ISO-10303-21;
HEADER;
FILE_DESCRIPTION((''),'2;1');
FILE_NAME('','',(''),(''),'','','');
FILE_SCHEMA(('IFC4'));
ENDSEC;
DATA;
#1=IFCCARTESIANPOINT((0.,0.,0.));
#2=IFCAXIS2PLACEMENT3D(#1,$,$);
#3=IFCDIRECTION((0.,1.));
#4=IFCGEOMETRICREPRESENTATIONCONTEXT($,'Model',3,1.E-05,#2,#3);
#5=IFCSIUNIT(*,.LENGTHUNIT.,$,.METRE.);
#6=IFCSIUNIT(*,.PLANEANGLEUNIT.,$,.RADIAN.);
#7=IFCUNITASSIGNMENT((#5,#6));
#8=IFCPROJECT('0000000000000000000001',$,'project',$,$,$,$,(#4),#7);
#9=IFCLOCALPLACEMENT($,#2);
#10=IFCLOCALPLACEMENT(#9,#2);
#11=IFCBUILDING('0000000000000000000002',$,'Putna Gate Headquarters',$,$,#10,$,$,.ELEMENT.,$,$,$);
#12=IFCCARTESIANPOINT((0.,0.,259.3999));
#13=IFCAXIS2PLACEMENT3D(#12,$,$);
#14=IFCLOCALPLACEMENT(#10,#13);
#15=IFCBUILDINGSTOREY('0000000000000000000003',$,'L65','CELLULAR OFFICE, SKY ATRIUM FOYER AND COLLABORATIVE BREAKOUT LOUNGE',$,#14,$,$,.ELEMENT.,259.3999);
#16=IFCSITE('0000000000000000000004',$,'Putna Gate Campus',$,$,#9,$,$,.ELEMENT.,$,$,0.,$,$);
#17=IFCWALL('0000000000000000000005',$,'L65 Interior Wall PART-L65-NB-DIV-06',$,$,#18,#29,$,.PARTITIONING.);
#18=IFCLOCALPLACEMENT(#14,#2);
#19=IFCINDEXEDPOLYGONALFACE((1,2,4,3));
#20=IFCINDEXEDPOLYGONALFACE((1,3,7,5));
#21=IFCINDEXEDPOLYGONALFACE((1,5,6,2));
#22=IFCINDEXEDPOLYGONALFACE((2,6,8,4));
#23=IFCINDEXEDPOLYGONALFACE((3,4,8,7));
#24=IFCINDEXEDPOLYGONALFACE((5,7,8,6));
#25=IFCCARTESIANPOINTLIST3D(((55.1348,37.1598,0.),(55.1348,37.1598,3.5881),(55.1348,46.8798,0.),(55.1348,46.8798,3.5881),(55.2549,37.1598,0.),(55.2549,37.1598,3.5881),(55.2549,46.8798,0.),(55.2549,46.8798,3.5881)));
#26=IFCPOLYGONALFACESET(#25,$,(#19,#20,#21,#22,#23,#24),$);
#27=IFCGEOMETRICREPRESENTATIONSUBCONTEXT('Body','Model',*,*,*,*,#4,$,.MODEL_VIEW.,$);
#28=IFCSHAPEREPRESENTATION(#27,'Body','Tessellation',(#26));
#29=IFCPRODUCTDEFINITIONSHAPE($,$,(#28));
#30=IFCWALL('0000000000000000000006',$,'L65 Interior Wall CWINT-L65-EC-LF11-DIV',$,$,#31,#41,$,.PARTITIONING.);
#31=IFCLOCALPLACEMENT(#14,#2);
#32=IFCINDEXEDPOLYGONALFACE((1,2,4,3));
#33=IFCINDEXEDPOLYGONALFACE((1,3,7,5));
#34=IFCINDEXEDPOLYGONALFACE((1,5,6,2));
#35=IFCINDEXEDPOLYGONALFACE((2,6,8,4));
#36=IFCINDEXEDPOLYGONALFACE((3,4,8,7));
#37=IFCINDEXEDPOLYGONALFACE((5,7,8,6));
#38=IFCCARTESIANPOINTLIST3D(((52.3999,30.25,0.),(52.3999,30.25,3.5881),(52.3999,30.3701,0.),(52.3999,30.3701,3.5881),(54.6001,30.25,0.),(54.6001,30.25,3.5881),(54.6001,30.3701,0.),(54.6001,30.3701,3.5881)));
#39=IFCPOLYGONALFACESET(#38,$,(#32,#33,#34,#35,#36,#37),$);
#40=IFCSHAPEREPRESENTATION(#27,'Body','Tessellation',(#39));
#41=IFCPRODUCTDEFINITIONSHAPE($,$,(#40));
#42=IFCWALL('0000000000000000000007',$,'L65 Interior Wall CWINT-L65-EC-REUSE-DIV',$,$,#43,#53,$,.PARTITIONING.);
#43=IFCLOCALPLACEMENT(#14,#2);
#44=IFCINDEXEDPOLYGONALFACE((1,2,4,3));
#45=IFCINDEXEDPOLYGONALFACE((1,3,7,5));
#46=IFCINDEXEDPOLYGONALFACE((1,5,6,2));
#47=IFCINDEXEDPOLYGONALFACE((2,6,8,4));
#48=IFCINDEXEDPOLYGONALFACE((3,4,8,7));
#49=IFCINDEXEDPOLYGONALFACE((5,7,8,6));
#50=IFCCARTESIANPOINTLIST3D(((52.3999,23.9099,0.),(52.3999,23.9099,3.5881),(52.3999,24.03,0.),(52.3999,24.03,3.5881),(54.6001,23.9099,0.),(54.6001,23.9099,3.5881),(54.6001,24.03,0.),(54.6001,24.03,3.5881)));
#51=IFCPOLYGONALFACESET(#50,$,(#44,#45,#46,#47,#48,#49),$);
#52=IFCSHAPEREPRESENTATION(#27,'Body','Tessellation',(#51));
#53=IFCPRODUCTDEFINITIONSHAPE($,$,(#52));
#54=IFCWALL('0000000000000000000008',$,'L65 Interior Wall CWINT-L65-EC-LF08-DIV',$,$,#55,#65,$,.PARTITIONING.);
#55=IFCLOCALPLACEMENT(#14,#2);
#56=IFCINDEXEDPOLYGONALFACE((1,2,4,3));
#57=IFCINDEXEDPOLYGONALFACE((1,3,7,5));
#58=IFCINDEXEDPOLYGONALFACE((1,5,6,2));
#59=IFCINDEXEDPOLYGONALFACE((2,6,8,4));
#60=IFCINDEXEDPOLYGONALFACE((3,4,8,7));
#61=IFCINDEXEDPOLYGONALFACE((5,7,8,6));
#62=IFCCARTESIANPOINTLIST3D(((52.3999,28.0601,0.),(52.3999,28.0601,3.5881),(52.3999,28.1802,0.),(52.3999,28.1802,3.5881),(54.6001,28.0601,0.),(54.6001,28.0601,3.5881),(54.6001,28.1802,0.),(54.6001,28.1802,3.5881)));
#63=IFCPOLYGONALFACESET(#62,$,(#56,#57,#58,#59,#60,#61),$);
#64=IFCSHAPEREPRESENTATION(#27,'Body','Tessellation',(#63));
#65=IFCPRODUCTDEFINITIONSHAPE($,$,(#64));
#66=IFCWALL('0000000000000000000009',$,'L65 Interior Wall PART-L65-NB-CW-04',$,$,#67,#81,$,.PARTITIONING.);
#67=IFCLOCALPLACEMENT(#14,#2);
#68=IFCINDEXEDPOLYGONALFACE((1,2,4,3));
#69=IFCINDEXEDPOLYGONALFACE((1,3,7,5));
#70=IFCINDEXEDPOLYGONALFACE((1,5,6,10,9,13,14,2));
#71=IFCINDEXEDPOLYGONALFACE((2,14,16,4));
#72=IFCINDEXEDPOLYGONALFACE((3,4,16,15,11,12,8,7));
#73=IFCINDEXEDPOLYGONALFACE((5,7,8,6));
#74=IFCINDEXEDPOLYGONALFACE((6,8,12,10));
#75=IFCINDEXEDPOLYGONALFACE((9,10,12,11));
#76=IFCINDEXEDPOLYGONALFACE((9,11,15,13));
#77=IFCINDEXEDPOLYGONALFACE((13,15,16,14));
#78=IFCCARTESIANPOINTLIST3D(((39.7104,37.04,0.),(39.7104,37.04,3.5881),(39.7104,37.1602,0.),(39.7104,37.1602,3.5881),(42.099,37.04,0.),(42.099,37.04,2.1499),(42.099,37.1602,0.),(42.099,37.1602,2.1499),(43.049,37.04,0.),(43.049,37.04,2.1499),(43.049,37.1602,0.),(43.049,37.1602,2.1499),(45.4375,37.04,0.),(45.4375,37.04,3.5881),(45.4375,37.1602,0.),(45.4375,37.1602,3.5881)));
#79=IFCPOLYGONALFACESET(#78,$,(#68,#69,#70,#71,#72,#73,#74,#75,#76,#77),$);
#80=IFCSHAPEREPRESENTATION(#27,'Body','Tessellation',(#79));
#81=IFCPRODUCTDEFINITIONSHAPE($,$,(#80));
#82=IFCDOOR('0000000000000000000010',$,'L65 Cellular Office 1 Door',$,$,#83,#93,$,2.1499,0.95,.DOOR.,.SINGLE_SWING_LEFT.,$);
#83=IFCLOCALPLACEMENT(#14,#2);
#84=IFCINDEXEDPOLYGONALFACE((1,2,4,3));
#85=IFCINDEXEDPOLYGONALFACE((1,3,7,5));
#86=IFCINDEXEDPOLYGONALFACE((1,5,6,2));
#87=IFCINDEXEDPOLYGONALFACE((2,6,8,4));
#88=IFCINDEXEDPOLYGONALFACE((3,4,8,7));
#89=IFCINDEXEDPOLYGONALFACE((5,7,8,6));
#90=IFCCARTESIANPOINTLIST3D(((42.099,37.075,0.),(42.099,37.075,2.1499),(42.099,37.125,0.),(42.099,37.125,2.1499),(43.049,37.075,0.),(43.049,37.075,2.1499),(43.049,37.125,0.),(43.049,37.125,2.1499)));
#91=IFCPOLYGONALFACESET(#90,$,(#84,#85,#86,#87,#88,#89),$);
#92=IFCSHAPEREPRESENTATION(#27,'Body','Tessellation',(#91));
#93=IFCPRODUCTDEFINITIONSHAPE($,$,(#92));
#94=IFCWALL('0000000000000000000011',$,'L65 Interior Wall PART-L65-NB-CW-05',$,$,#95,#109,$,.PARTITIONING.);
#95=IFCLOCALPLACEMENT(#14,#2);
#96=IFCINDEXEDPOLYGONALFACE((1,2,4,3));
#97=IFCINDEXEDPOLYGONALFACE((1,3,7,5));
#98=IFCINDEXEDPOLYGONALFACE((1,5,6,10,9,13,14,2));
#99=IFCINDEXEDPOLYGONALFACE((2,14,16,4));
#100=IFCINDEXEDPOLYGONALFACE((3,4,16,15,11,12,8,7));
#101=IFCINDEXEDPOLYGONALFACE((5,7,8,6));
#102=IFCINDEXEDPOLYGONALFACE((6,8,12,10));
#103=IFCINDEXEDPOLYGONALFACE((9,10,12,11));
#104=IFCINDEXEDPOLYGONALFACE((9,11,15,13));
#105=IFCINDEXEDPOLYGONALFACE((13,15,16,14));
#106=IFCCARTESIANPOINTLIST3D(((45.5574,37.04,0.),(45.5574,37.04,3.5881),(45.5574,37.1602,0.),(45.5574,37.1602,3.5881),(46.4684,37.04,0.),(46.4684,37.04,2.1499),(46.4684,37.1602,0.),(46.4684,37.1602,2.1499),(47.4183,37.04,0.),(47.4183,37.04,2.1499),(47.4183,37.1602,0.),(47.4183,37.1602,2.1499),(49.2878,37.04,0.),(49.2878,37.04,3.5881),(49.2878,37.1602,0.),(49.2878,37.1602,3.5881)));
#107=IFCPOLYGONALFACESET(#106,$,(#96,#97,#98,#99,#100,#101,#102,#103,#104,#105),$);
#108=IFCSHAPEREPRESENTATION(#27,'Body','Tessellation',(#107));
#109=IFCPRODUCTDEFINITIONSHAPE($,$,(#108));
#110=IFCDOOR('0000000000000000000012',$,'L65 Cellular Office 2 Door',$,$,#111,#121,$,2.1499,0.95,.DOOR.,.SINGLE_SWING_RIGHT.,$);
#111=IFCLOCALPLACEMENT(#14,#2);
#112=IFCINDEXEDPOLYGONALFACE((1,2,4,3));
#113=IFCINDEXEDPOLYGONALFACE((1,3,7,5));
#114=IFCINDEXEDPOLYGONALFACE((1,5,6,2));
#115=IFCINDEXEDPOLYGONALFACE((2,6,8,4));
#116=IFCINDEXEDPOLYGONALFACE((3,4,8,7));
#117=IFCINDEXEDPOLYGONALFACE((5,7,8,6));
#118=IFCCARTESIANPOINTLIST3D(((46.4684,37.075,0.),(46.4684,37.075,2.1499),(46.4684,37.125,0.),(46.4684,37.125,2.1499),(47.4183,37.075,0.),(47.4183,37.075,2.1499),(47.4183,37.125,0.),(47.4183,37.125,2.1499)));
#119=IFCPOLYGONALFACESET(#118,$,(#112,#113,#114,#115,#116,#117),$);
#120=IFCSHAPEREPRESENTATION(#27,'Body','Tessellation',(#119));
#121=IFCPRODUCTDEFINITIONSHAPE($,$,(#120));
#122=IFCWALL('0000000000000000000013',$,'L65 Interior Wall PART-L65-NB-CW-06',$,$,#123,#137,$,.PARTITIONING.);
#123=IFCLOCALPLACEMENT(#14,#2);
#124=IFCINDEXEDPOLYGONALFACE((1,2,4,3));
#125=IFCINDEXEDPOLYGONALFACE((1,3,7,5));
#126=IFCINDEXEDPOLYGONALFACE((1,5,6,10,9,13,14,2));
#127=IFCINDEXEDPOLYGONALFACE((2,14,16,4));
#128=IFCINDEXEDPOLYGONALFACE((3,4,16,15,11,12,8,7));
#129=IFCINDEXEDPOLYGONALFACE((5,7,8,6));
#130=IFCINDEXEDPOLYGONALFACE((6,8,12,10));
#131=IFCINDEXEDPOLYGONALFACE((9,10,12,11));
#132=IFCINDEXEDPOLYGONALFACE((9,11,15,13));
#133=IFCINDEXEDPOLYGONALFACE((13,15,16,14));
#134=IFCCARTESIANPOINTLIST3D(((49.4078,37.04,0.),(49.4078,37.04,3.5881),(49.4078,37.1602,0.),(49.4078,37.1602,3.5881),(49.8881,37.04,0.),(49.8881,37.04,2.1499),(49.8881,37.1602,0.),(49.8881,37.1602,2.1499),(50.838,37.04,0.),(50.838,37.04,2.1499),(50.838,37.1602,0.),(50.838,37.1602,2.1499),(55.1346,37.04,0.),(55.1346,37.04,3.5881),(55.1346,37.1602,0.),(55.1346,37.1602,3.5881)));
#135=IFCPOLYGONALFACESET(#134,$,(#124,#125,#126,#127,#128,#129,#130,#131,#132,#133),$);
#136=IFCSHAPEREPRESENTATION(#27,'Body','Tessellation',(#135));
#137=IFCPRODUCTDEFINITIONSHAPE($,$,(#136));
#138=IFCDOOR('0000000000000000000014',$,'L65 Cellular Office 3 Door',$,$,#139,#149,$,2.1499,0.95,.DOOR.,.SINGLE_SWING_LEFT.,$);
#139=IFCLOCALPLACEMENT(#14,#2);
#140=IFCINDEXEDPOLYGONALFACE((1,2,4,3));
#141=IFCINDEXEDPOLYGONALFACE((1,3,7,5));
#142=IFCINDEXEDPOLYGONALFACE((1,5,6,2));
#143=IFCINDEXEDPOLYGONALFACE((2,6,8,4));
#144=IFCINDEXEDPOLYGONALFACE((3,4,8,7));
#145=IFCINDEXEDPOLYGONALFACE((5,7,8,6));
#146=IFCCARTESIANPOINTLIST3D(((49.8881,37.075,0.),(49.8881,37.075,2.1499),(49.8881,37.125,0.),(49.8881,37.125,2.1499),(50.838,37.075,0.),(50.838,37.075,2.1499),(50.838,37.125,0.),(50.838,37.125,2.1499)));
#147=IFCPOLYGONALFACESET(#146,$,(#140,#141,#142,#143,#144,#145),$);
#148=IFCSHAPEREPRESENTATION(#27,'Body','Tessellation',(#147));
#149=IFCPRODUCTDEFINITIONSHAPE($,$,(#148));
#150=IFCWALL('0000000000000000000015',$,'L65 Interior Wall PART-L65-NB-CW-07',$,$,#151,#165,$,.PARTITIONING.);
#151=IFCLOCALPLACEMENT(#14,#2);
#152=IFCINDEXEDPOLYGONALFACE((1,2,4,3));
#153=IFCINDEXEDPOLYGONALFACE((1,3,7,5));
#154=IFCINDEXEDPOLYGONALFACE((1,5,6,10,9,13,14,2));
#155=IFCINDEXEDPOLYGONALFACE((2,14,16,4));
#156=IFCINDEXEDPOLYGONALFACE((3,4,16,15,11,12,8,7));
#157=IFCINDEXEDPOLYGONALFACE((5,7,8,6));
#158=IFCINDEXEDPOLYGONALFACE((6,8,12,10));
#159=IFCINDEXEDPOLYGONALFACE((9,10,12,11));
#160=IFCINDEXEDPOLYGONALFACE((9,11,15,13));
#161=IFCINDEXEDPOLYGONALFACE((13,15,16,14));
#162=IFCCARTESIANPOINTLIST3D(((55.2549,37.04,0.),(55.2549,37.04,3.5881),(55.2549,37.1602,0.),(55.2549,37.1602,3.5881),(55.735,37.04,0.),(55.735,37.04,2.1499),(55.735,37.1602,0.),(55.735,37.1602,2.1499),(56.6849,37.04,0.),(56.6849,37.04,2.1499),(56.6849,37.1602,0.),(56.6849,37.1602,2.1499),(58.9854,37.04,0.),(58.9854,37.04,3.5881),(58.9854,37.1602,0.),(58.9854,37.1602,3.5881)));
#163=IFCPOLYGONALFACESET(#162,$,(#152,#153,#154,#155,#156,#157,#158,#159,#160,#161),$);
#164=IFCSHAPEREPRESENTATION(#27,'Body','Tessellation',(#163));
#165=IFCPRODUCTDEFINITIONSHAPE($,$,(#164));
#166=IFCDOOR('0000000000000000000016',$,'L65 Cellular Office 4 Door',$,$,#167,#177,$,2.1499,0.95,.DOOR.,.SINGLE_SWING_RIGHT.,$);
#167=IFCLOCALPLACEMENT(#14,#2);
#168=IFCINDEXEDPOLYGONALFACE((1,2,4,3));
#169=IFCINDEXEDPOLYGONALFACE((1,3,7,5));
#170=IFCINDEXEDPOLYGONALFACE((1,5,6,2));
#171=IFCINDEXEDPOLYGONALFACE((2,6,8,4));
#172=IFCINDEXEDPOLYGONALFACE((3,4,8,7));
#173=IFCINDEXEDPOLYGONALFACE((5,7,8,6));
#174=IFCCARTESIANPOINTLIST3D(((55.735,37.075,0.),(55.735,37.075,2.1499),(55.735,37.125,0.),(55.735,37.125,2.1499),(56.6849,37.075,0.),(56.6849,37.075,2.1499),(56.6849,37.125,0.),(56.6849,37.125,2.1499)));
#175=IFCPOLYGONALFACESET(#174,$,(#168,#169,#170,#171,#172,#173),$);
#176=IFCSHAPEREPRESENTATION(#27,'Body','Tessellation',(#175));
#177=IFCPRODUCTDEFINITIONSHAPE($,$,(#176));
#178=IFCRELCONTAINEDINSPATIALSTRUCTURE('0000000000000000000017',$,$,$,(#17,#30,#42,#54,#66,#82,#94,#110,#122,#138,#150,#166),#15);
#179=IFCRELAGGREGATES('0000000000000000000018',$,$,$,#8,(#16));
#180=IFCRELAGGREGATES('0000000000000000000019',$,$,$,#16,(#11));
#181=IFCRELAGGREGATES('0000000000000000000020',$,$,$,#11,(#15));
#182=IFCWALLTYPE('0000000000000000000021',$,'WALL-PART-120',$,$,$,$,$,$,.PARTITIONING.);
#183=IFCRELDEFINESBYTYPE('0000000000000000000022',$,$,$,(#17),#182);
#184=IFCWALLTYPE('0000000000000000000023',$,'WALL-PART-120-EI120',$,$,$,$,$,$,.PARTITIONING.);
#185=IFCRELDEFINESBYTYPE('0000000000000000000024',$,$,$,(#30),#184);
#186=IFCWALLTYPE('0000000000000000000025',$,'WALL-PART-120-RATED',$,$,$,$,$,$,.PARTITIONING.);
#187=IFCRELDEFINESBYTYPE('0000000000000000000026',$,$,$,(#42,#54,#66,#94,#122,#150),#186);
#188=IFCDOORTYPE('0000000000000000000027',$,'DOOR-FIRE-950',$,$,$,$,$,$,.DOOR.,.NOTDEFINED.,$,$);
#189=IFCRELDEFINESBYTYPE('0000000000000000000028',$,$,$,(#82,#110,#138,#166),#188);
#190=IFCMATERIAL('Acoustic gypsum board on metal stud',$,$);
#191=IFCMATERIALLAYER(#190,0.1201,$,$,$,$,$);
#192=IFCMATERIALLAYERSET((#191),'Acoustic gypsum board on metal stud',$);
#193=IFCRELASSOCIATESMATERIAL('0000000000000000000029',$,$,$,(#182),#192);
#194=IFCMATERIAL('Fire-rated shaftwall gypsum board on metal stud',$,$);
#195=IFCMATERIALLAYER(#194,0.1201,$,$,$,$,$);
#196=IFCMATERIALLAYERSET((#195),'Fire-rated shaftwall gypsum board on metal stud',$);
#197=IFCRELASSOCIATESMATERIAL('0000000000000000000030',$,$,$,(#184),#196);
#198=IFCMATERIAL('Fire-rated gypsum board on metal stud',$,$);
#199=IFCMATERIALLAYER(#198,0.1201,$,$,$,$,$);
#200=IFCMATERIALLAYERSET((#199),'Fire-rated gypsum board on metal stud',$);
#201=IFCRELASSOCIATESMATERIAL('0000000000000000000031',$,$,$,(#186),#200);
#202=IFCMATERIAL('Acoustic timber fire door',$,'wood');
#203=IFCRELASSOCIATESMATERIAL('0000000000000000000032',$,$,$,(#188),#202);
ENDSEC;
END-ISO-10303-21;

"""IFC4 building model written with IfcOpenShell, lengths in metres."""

from ifc_helpers import new_model, si_unit, direction, frame, frame_2d, origin, place, context, subcontext, project, spatial, rectangle, extrude, material, layer, layer_set, type_object, element, fill, save


model = new_model("IFC4")

# Units and contexts
model_context = context("Model", 3, precision=1e-05, world=origin(), true_north=direction((0.0, 1.0)))
body_context = subcontext(model_context, "Body", "Model", "MODEL_VIEW")
ifc_project = project(units=[si_unit("LENGTHUNIT", "METRE"), si_unit("PLANEANGLEUNIT", "RADIAN")], contexts=[model_context])

# Site, building, storey
site_placement = place(None, origin())
site = spatial("IfcSite", under=ifc_project, at=site_placement, Name="Putna Gate Campus", CompositionType="ELEMENT", RefElevation=0.0)
building_placement = place(site_placement, origin())
building = spatial("IfcBuilding", under=site, at=building_placement, Name="Putna Gate Headquarters", CompositionType="ELEMENT")
storey_placement = place(building_placement, frame((0.0, 0.0, 259.3999)))
storey = spatial("IfcBuildingStorey", under=building, at=storey_placement, Name="L65", Description="CELLULAR OFFICE, SKY ATRIUM FOYER AND COLLABORATIVE BREAKOUT LOUNGE", CompositionType="ELEMENT", Elevation=259.3999)

# Shared definitions
ifc_material_1 = material(Name="Acoustic gypsum board on metal stud")
ifc_layer_1 = layer(ifc_material_1, 0.1201)
ifc_layer_set_1 = layer_set([ifc_layer_1], Name="Acoustic gypsum board on metal stud")
wall_type_1 = type_object("IfcWallType", Name="WALL-PART-120", PredefinedType="PARTITIONING", material=ifc_layer_set_1)

# Walls
for number, where, z_axis, x_axis, name in (
    (1, (55.1948, 37.1599, 0.0), (0.0, 0.0, 1.0), (0.0, 1.0, 0.0), "L65 Interior Wall PART-L65-NB-DIV-06"),
):
    element("IfcWall", number, at=place(storey_placement, frame(where, z_axis=z_axis, x_axis=x_axis)), inside=storey, type_object=wall_type_1, Name=name, PredefinedType="PARTITIONING", context=body_context, shape_type="SweptSolid", body=[
        extrude(rectangle(XDim=9.72, YDim=0.1201, at=frame_2d((4.8599, 0.0))), origin(), (0.0, 0.0, 1.0), 3.5881),
    ])
ifc_material_2 = material(Name="Fire-rated shaftwall gypsum board on metal stud")
ifc_layer_2 = layer(ifc_material_2, 0.1201)
ifc_layer_set_2 = layer_set([ifc_layer_2], Name="Fire-rated shaftwall gypsum board on metal stud")
wall_type_2 = type_object("IfcWallType", Name="WALL-PART-120-EI120", PredefinedType="PARTITIONING", material=ifc_layer_set_2)
wall_1_placement = place(storey_placement, frame((52.3999, 30.3101, 0.0), z_axis=(0.0, 0.0, 1.0), x_axis=(1.0, 0.0, 0.0)))
element("IfcWall", 2, at=wall_1_placement, inside=storey, type_object=wall_type_2, Name="L65 Interior Wall CWINT-L65-EC-LF11-DIV", PredefinedType="PARTITIONING", context=body_context, shape_type="SweptSolid", body=[
    extrude(rectangle(XDim=2.2002, YDim=0.1201, at=frame_2d((1.1001, 0.0))), origin(), (0.0, 0.0, 1.0), 3.5881),
])
ifc_material_3 = material(Name="Fire-rated gypsum board on metal stud")
ifc_layer_3 = layer(ifc_material_3, 0.1201)
ifc_layer_set_3 = layer_set([ifc_layer_3], Name="Fire-rated gypsum board on metal stud")
wall_type_3 = type_object("IfcWallType", Name="WALL-PART-120-RATED", PredefinedType="PARTITIONING", material=ifc_layer_set_3)
for number, where, z_axis, x_axis, name in (
    (3, (52.3999, 23.97, 0.0), (0.0, 0.0, 1.0), (1.0, 0.0, 0.0), "L65 Interior Wall CWINT-L65-EC-REUSE-DIV"),
    (4, (52.3999, 28.1201, 0.0), (0.0, 0.0, 1.0), (1.0, 0.0, 0.0), "L65 Interior Wall CWINT-L65-EC-LF08-DIV"),
):
    element("IfcWall", number, at=place(storey_placement, frame(where, z_axis=z_axis, x_axis=x_axis)), inside=storey, type_object=wall_type_3, Name=name, PredefinedType="PARTITIONING", context=body_context, shape_type="SweptSolid", body=[
        extrude(rectangle(XDim=2.2002, YDim=0.1201, at=frame_2d((1.1001, 0.0))), origin(), (0.0, 0.0, 1.0), 3.5881),
    ])

# Walls, openings, doors
wall_2_placement = place(storey_placement, frame((39.7104, 37.1001, 0.0), z_axis=(0.0, 0.0, 1.0), x_axis=(1.0, 0.0, 0.0)))
wall_2 = element("IfcWall", 5, at=wall_2_placement, inside=storey, type_object=wall_type_3, Name="L65 Interior Wall PART-L65-NB-CW-04", PredefinedType="PARTITIONING", context=body_context, shape_type="SweptSolid", body=[
    extrude(rectangle(XDim=5.7271, YDim=0.1201, at=frame_2d((2.8635, 0.0))), origin(), (0.0, 0.0, 1.0), 3.5881),
])
opening_1_placement = place(wall_2_placement, frame((2.3884, 0.0, 0.0)))
opening_1 = element("IfcOpeningElement", 6, at=opening_1_placement, cuts=wall_2, PredefinedType="OPENING", context=body_context, shape_type="SweptSolid", body=[
    extrude(rectangle(XDim=0.95, YDim=2.1499, at=frame_2d((0.4751, 1.075))), frame((0.0, 0.0701, 0.0), z_axis=(0.0, -1.0, 0.0), x_axis=(1.0, 0.0, 0.0)), (0.0, 0.0, 1.0), 0.1401),
])
ifc_material_4 = material(Name="Acoustic timber fire door", Category="wood")
door_type_1 = type_object("IfcDoorType", Name="DOOR-FIRE-950", OperationType="NOTDEFINED", PredefinedType="DOOR", material=ifc_material_4)
door_1_placement = place(opening_1_placement, origin())
door_1 = element("IfcDoor", 7, at=door_1_placement, inside=storey, type_object=door_type_1, Name="L65 Cellular Office 1 Door", OperationType="SINGLE_SWING_LEFT", OverallHeight=2.1499, OverallWidth=0.95, PredefinedType="DOOR", context=body_context, shape_type="SweptSolid", body=[
    extrude(rectangle(XDim=0.95, YDim=2.1499, at=frame_2d((0.4751, 1.075))), frame((0.0, 0.0249, 0.0), z_axis=(0.0, -1.0, 0.0), x_axis=(1.0, 0.0, 0.0)), (0.0, 0.0, 1.0), 0.05),
])
fill(opening_1, door_1)
wall_3_placement = place(storey_placement, frame((45.5574, 37.1001, 0.0), z_axis=(0.0, 0.0, 1.0), x_axis=(1.0, 0.0, 0.0)))
wall_3 = element("IfcWall", 8, at=wall_3_placement, inside=storey, type_object=wall_type_3, Name="L65 Interior Wall PART-L65-NB-CW-05", PredefinedType="PARTITIONING", context=body_context, shape_type="SweptSolid", body=[
    extrude(rectangle(XDim=3.7305, YDim=0.1201, at=frame_2d((1.8652, 0.0))), origin(), (0.0, 0.0, 1.0), 3.5881),
])
opening_2_placement = place(wall_3_placement, frame((0.9109, 0.0, 0.0)))
opening_2 = element("IfcOpeningElement", 9, at=opening_2_placement, cuts=wall_3, PredefinedType="OPENING", context=body_context, shape_type="SweptSolid", body=[
    extrude(rectangle(XDim=0.95, YDim=2.1499, at=frame_2d((0.4751, 1.075))), frame((0.0, 0.0701, 0.0), z_axis=(0.0, -1.0, 0.0), x_axis=(1.0, 0.0, 0.0)), (0.0, 0.0, 1.0), 0.1401),
])
door_2_placement = place(opening_2_placement, origin())
door_2 = element("IfcDoor", 10, at=door_2_placement, inside=storey, type_object=door_type_1, Name="L65 Cellular Office 2 Door", OperationType="SINGLE_SWING_RIGHT", OverallHeight=2.1499, OverallWidth=0.95, PredefinedType="DOOR", context=body_context, shape_type="SweptSolid", body=[
    extrude(rectangle(XDim=0.95, YDim=2.1499, at=frame_2d((0.4751, 1.075))), frame((0.0, 0.0249, 0.0), z_axis=(0.0, -1.0, 0.0), x_axis=(1.0, 0.0, 0.0)), (0.0, 0.0, 1.0), 0.05),
])
fill(opening_2, door_2)
wall_4_placement = place(storey_placement, frame((49.408, 37.1001, 0.0), z_axis=(0.0, 0.0, 1.0), x_axis=(1.0, 0.0, 0.0)))
wall_4 = element("IfcWall", 11, at=wall_4_placement, inside=storey, type_object=wall_type_3, Name="L65 Interior Wall PART-L65-NB-CW-06", PredefinedType="PARTITIONING", context=body_context, shape_type="SweptSolid", body=[
    extrude(rectangle(XDim=5.7268, YDim=0.1201, at=frame_2d((2.8633, 0.0))), origin(), (0.0, 0.0, 1.0), 3.5881),
])
opening_3_placement = place(wall_4_placement, frame((0.48, 0.0, 0.0)))
opening_3 = element("IfcOpeningElement", 12, at=opening_3_placement, cuts=wall_4, PredefinedType="OPENING", context=body_context, shape_type="SweptSolid", body=[
    extrude(rectangle(XDim=0.95, YDim=2.1499, at=frame_2d((0.4751, 1.075))), frame((0.0, 0.0701, 0.0), z_axis=(0.0, -1.0, 0.0), x_axis=(1.0, 0.0, 0.0)), (0.0, 0.0, 1.0), 0.1401),
])
door_3_placement = place(opening_3_placement, origin())
door_3 = element("IfcDoor", 13, at=door_3_placement, inside=storey, type_object=door_type_1, Name="L65 Cellular Office 3 Door", OperationType="SINGLE_SWING_LEFT", OverallHeight=2.1499, OverallWidth=0.95, PredefinedType="DOOR", context=body_context, shape_type="SweptSolid", body=[
    extrude(rectangle(XDim=0.95, YDim=2.1499, at=frame_2d((0.4751, 1.075))), frame((0.0, 0.0249, 0.0), z_axis=(0.0, -1.0, 0.0), x_axis=(1.0, 0.0, 0.0)), (0.0, 0.0, 1.0), 0.05),
])
fill(opening_3, door_3)
wall_5_placement = place(storey_placement, frame((55.2549, 37.1001, 0.0), z_axis=(0.0, 0.0, 1.0), x_axis=(1.0, 0.0, 0.0)))
wall_5 = element("IfcWall", 14, at=wall_5_placement, inside=storey, type_object=wall_type_3, Name="L65 Interior Wall PART-L65-NB-CW-07", PredefinedType="PARTITIONING", context=body_context, shape_type="SweptSolid", body=[
    extrude(rectangle(XDim=3.7305, YDim=0.1201, at=frame_2d((1.8652, 0.0))), origin(), (0.0, 0.0, 1.0), 3.5881),
])
opening_4_placement = place(wall_5_placement, frame((0.48, 0.0, 0.0)))
opening_4 = element("IfcOpeningElement", 15, at=opening_4_placement, cuts=wall_5, PredefinedType="OPENING", context=body_context, shape_type="SweptSolid", body=[
    extrude(rectangle(XDim=0.95, YDim=2.1499, at=frame_2d((0.4751, 1.075))), frame((0.0, 0.0701, 0.0), z_axis=(0.0, -1.0, 0.0), x_axis=(1.0, 0.0, 0.0)), (0.0, 0.0, 1.0), 0.1401),
])
door_4_placement = place(opening_4_placement, origin())
door_4 = element("IfcDoor", 16, at=door_4_placement, inside=storey, type_object=door_type_1, Name="L65 Cellular Office 4 Door", OperationType="SINGLE_SWING_RIGHT", OverallHeight=2.1499, OverallWidth=0.95, PredefinedType="DOOR", context=body_context, shape_type="SweptSolid", body=[
    extrude(rectangle(XDim=0.95, YDim=2.1499, at=frame_2d((0.4751, 1.075))), frame((0.0, 0.0249, 0.0), z_axis=(0.0, -1.0, 0.0), x_axis=(1.0, 0.0, 0.0)), (0.0, 0.0, 1.0), 0.05),
])
fill(opening_4, door_4)

save(model, "model.ifc")
